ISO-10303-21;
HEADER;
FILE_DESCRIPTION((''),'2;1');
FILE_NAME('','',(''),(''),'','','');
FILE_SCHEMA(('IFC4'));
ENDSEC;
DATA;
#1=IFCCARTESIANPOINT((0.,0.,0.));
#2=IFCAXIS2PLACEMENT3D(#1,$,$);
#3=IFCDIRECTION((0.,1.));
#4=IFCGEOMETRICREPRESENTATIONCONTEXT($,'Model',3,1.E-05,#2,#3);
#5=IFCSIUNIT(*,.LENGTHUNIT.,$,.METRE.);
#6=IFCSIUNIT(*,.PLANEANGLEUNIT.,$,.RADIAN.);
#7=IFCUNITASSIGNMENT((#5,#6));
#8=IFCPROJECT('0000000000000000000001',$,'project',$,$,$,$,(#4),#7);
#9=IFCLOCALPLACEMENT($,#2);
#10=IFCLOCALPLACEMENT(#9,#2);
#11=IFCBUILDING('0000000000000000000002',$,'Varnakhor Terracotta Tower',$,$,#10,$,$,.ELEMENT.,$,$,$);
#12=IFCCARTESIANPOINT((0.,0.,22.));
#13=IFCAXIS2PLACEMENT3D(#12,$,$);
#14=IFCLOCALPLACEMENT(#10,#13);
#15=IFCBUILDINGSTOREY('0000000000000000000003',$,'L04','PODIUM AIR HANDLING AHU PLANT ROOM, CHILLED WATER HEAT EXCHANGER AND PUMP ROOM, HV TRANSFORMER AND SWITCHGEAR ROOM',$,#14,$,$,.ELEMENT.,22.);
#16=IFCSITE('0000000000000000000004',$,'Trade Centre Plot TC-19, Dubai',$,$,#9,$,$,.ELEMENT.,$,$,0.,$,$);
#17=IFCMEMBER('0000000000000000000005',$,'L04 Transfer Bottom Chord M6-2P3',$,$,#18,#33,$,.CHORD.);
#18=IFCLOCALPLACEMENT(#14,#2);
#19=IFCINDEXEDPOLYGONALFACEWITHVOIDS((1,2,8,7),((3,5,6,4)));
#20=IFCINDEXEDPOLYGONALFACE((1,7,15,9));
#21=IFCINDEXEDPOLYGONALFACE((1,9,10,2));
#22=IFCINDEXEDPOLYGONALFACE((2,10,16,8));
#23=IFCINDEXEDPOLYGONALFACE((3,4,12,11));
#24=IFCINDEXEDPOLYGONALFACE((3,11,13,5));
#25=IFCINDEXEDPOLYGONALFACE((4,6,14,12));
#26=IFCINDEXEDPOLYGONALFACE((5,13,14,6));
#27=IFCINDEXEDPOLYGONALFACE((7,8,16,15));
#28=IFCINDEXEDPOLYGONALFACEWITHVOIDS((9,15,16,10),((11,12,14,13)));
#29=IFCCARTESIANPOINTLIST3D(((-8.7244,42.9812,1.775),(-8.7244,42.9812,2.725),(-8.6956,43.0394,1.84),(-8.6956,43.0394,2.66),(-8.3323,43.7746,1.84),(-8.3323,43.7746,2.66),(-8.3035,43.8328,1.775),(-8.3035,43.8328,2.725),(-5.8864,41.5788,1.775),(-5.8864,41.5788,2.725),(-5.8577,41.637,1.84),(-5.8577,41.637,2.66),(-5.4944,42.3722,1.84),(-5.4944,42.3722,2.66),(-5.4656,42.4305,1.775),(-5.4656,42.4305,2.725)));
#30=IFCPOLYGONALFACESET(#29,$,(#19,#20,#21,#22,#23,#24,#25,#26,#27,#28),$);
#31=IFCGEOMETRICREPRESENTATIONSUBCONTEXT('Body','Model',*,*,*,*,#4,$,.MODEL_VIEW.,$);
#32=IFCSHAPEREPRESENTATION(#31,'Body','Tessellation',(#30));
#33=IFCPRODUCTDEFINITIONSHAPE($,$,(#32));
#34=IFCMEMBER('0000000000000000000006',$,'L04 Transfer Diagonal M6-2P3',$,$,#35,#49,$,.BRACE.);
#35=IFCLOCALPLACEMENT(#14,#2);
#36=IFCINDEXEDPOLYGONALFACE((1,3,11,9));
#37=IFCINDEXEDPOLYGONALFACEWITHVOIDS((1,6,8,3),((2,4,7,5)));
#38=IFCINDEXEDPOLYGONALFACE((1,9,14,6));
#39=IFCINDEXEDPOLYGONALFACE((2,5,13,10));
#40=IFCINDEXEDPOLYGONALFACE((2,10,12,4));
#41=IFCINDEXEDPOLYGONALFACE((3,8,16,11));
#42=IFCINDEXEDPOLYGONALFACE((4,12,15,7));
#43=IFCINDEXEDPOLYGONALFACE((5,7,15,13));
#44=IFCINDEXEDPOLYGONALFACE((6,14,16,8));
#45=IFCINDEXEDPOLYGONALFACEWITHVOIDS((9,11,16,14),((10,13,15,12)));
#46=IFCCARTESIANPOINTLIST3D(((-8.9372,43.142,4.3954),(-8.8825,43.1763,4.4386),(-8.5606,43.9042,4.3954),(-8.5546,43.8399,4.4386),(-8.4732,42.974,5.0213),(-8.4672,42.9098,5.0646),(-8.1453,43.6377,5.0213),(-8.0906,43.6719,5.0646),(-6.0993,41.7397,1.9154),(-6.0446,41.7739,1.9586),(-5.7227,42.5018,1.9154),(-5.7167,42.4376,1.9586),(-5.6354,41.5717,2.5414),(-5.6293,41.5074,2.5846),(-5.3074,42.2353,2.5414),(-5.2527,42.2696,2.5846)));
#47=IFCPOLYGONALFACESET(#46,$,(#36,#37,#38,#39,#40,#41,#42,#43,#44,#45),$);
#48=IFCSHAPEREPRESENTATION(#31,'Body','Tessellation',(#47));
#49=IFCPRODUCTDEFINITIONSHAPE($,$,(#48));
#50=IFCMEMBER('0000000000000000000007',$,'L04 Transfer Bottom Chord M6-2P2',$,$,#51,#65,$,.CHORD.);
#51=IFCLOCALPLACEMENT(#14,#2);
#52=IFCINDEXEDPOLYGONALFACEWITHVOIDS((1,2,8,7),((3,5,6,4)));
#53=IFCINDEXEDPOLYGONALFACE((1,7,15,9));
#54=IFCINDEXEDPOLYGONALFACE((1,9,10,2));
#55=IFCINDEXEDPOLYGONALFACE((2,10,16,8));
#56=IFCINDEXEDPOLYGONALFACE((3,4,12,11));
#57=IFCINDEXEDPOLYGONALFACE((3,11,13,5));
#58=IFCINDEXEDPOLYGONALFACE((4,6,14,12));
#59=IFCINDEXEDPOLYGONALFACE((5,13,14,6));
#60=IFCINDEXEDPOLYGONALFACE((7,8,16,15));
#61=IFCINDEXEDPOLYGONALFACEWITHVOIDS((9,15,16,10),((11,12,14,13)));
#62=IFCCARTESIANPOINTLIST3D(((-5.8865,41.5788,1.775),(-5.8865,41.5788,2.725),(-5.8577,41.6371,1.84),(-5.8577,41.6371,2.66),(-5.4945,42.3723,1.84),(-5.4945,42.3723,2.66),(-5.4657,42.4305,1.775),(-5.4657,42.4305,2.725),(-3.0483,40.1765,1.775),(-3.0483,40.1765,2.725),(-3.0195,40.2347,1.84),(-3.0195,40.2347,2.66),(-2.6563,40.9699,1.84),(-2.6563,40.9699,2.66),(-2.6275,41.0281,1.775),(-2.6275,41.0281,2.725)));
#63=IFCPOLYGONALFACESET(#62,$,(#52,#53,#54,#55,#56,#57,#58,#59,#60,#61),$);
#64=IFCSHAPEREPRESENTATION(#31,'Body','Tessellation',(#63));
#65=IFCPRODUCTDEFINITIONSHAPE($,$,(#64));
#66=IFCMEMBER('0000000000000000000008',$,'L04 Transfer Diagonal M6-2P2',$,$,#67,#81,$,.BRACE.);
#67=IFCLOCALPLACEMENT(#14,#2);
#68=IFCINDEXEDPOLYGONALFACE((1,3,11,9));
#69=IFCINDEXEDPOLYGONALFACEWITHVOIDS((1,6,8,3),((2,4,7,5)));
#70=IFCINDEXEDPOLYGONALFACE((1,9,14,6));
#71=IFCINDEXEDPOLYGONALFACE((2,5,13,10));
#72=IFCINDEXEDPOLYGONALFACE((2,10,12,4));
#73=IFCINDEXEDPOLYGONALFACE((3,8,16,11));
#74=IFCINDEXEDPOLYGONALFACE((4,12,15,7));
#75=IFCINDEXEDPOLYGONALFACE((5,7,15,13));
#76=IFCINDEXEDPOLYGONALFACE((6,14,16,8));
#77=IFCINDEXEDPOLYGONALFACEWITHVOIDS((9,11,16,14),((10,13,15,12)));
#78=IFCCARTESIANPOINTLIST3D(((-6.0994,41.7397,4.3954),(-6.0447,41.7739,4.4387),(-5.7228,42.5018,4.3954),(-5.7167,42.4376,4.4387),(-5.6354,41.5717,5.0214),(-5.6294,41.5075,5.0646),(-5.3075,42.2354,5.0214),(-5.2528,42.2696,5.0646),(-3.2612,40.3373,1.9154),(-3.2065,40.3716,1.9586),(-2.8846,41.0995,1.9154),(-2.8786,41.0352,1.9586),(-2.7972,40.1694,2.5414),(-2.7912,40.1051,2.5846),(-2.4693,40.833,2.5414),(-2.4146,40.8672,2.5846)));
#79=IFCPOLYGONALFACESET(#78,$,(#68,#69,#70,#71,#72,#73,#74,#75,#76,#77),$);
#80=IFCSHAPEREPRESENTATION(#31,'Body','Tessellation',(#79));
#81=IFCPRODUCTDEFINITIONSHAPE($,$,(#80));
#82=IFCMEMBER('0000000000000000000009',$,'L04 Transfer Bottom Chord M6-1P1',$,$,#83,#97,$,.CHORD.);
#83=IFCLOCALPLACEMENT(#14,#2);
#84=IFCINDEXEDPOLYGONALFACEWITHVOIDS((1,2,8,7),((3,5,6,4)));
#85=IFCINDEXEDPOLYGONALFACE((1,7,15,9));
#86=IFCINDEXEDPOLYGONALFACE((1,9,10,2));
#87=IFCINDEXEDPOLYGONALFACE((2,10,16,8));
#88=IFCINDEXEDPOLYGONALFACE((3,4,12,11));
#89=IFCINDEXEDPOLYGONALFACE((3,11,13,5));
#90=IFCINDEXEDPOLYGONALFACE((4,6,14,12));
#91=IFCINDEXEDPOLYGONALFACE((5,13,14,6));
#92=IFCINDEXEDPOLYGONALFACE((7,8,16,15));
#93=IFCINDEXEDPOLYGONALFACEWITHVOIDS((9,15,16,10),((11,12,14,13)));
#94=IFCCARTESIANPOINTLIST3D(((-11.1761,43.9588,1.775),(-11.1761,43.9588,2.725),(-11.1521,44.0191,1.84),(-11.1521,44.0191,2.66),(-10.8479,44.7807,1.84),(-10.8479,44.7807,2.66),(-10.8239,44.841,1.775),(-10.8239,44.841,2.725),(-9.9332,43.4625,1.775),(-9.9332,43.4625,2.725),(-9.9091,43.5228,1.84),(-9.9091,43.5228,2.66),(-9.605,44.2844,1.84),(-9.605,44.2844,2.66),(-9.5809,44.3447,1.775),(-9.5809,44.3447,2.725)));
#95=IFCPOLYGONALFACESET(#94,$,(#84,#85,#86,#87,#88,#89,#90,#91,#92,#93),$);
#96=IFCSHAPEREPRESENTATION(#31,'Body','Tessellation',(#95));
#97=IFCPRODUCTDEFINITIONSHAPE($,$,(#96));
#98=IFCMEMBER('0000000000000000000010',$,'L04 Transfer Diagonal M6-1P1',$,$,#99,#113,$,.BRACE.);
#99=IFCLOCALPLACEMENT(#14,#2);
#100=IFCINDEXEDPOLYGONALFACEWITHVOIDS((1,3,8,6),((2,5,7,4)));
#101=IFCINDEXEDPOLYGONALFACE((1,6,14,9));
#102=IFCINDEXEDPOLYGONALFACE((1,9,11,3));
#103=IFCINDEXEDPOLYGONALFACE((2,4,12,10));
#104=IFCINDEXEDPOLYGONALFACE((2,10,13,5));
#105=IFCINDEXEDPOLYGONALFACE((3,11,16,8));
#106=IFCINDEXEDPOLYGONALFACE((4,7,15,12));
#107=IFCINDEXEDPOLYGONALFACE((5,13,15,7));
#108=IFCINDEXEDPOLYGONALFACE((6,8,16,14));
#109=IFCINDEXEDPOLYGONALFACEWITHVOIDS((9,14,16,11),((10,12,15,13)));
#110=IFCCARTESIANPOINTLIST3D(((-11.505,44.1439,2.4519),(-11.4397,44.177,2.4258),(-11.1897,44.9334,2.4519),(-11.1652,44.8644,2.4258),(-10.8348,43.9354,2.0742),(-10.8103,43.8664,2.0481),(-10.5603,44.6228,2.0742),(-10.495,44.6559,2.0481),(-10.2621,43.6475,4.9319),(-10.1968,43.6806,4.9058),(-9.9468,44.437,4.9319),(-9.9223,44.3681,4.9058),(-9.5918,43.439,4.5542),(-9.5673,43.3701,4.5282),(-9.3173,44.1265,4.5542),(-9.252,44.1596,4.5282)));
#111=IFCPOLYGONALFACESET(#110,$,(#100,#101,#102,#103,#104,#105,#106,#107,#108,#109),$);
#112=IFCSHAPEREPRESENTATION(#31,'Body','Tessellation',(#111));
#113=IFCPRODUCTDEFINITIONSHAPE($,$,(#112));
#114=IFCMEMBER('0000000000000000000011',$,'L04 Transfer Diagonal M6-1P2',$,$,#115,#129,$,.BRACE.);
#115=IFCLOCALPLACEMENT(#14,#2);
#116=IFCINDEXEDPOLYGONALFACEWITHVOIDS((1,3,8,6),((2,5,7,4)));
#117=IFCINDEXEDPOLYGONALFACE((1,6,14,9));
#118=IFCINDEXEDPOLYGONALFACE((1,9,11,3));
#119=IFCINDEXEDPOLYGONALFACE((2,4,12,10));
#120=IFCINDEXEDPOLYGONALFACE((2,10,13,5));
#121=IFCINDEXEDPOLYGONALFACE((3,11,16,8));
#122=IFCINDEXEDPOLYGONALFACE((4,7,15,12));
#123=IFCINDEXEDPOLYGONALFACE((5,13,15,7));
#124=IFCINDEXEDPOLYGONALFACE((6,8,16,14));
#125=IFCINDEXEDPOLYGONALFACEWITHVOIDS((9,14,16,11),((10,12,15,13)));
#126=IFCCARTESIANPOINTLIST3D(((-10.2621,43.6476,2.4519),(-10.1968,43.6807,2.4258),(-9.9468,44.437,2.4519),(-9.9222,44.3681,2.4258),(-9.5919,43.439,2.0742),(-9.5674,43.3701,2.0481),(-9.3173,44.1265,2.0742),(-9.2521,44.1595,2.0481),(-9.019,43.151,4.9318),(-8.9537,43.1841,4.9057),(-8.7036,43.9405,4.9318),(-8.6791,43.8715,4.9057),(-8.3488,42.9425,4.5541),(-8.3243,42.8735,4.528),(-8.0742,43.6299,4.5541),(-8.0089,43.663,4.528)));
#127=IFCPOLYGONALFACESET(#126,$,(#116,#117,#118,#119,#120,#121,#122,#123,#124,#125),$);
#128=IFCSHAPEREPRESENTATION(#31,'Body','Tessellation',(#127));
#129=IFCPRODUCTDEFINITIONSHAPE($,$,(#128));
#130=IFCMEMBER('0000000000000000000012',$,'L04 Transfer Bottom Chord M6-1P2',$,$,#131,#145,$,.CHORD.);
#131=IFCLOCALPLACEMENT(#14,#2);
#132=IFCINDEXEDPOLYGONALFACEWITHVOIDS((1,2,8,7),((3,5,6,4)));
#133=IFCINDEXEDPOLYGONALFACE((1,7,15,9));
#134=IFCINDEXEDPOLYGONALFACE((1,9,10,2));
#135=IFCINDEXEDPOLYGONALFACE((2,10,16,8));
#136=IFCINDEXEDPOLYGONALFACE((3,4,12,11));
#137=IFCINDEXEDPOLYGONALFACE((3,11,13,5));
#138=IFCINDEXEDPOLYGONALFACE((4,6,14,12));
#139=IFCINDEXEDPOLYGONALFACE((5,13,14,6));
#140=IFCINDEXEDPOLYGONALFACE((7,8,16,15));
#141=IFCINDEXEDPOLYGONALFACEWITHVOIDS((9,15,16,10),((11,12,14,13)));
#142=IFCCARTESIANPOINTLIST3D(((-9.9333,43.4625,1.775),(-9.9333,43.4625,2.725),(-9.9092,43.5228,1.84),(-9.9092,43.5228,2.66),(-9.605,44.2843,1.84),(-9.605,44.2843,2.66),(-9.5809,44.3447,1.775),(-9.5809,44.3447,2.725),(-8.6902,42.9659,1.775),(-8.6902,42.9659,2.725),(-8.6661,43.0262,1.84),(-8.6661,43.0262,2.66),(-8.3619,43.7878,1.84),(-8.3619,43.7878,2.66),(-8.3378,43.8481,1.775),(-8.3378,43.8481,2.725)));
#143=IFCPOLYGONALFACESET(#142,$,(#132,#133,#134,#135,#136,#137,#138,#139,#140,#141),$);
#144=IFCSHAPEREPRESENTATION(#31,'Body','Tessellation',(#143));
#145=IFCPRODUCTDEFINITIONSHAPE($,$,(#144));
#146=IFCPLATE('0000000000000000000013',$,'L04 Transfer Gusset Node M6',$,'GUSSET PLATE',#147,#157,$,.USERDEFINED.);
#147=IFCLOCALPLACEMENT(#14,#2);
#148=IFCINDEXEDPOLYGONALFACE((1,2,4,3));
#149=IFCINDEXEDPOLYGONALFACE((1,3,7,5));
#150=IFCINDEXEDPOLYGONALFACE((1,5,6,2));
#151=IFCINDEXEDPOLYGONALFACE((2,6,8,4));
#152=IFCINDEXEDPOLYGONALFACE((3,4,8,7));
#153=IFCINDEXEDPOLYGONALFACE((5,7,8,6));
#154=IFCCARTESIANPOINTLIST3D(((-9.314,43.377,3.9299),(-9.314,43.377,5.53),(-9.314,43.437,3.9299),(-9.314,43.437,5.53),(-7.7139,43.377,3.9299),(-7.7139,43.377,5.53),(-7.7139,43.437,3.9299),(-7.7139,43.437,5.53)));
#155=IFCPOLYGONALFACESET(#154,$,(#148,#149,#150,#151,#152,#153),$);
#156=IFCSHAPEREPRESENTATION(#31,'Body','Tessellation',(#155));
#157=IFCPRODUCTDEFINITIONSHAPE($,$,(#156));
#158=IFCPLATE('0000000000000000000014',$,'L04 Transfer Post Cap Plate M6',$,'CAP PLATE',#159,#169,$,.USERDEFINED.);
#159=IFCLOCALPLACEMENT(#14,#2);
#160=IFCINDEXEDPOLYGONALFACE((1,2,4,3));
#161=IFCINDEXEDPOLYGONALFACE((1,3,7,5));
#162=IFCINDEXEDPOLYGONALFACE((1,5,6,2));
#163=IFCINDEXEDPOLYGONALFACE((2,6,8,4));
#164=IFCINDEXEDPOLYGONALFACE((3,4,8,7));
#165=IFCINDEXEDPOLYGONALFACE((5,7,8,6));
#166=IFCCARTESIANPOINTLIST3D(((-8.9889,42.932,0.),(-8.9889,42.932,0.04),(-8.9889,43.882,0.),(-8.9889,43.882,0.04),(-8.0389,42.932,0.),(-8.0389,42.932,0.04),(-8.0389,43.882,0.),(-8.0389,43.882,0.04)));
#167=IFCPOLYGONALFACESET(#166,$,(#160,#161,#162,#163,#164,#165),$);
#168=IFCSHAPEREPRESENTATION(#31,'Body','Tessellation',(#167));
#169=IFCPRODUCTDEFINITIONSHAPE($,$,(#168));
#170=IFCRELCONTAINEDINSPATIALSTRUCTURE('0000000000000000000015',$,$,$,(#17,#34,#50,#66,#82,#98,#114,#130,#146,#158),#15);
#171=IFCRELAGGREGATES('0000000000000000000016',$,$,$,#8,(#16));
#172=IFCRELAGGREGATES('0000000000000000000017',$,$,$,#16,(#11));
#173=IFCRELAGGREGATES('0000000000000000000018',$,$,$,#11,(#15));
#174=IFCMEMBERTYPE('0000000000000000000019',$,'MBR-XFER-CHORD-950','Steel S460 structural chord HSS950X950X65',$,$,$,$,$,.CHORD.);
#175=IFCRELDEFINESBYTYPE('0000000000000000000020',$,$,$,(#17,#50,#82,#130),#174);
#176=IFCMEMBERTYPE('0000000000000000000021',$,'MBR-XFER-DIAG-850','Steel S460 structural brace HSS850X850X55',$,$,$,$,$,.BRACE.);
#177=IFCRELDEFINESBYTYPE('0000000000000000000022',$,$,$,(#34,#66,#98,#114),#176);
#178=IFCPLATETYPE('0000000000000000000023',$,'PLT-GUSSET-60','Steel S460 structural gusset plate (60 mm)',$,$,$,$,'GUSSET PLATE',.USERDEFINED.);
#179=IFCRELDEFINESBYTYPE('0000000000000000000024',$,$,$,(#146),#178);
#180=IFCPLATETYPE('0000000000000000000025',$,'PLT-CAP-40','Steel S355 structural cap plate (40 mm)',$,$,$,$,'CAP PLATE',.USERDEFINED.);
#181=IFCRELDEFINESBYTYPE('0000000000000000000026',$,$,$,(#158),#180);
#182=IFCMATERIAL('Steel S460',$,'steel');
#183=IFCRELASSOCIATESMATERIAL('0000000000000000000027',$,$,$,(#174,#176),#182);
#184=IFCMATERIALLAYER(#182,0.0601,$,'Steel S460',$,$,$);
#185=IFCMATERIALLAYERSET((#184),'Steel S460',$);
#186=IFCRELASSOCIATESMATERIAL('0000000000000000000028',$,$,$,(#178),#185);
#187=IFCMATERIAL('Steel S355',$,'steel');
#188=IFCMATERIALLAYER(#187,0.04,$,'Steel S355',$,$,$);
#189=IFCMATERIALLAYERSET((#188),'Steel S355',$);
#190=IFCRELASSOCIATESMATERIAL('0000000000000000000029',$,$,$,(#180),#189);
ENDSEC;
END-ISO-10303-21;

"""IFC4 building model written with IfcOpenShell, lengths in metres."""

from ifc_helpers import new_model, si_unit, direction, frame, origin, origin_2d, place, context, subcontext, project, spatial, rectangle, hollow_rectangle, extrude, source, transform, mapped, material, layer, layer_set, material_profile, profile_set, type_object, type_shapes, element, save


model = new_model("IFC4")

# Units and contexts
model_context = context("Model", 3, precision=1e-05, world=origin(), true_north=direction((0.0, 1.0)))
body_context = subcontext(model_context, "Body", "Model", "MODEL_VIEW")
ifc_project = project(units=[si_unit("LENGTHUNIT", "METRE"), si_unit("PLANEANGLEUNIT", "RADIAN")], contexts=[model_context])

# Site, building, storey
site_placement = place(None, origin())
site = spatial("IfcSite", under=ifc_project, at=site_placement, Name="Trade Centre Plot TC-19, Dubai", CompositionType="ELEMENT", RefElevation=0.0)
building_placement = place(site_placement, origin())
building = spatial("IfcBuilding", under=site, at=building_placement, Name="Varnakhor Terracotta Tower", CompositionType="ELEMENT")
storey_placement = place(building_placement, frame((0.0, 0.0, 22.0)))
storey = spatial("IfcBuildingStorey", under=building, at=storey_placement, Name="L04", Description="PODIUM AIR HANDLING AHU PLANT ROOM, CHILLED WATER HEAT EXCHANGER AND PUMP ROOM, HV TRANSFORMER AND SWITCHGEAR ROOM", CompositionType="ELEMENT", Elevation=22.0)

# Shared definitions
ifc_material_1 = material(Name="Steel S355", Category="steel")

# Members
ifc_material_2 = material(Name="Steel S460", Category="steel")
ifc_material_profile_1 = material_profile(ifc_material_2, hollow_rectangle(XDim=0.95, YDim=0.95, WallThickness=0.0649, at=origin_2d()), Name="HSS950X950X65")
ifc_profile_set_1 = profile_set([ifc_material_profile_1], Name="Steel S460")
member_type_1 = type_object("IfcMemberType", Name="MBR-XFER-CHORD-950", Description="Steel S460 structural chord HSS950X950X65", PredefinedType="CHORD", material=ifc_profile_set_1)
shared_shape_1 = source(origin(), body_context, "Body", "SweptSolid", [
    extrude(hollow_rectangle(XDim=0.95, YDim=0.95, WallThickness=0.0649, at=origin_2d()), origin(), (0.0, 0.0, 1.0), 3.1655),
])
member_1_placement = place(storey_placement, frame((-5.676, 42.0046, 2.25), z_axis=(-0.896515, 0.443013, 0.0), x_axis=(-0.443013, -0.896515, 0.0)))
element("IfcMember", 1, at=member_1_placement, inside=storey, type_object=member_type_1, Name="L04 Transfer Bottom Chord M6-2P3", PredefinedType="CHORD", context=body_context, shape_type="MappedRepresentation", body=[
    mapped(shared_shape_1, transform((0.0, 0.0, 0.0), scale=1.0)),
])
ifc_material_profile_2 = material_profile(ifc_material_2, hollow_rectangle(XDim=0.8501, YDim=0.8501, WallThickness=0.0549, at=origin_2d()), Name="HSS850X850X55")
ifc_profile_set_2 = profile_set([ifc_material_profile_2], Name="Steel S460")
member_type_2 = type_object("IfcMemberType", Name="MBR-XFER-DIAG-850", Description="Steel S460 structural brace HSS850X850X55", PredefinedType="BRACE", material=ifc_profile_set_2)
shared_shape_2 = source(origin(), body_context, "Body", "SweptSolid", [
    extrude(hollow_rectangle(XDim=0.8501, YDim=0.8501, WallThickness=0.0549, at=origin_2d()), origin(), (0.0, 0.0, 1.0), 4.0212),
])
member_2_placement = place(storey_placement, frame((-5.676, 42.0046, 2.25), z_axis=(-0.705723, 0.348733, 0.616718), x_axis=(-0.443013, -0.896515, 0.0)))
element("IfcMember", 2, at=member_2_placement, inside=storey, type_object=member_type_2, Name="L04 Transfer Diagonal M6-2P3", PredefinedType="BRACE", context=body_context, shape_type="MappedRepresentation", body=[
    mapped(shared_shape_2, transform((0.0, 0.0, 0.0), scale=1.0)),
])
shared_shape_3 = source(origin(), body_context, "Body", "SweptSolid", [
    extrude(hollow_rectangle(XDim=0.95, YDim=0.95, WallThickness=0.0649, at=origin_2d()), origin(), (0.0, 0.0, 1.0), 3.1658),
])
member_3_placement = place(storey_placement, frame((-2.8379, 40.6023, 2.25), z_axis=(-0.89653, 0.442982, 0.0), x_axis=(-0.442982, -0.89653, 0.0)))
element("IfcMember", 3, at=member_3_placement, inside=storey, type_object=member_type_1, Name="L04 Transfer Bottom Chord M6-2P2", PredefinedType="CHORD", context=body_context, shape_type="MappedRepresentation", body=[
    mapped(shared_shape_3, transform((0.0, 0.0, 0.0), scale=1.0)),
])
shared_shape_4 = source(origin(), body_context, "Body", "SweptSolid", [
    extrude(hollow_rectangle(XDim=0.8501, YDim=0.8501, WallThickness=0.0549, at=origin_2d()), origin(), (0.0, 0.0, 1.0), 4.0215),
])
member_4_placement = place(storey_placement, frame((-2.8379, 40.6023, 2.25), z_axis=(-0.705753, 0.348718, 0.616692), x_axis=(-0.442982, -0.89653, 0.0)))
element("IfcMember", 4, at=member_4_placement, inside=storey, type_object=member_type_2, Name="L04 Transfer Diagonal M6-2P2", PredefinedType="BRACE", context=body_context, shape_type="MappedRepresentation", body=[
    mapped(shared_shape_4, transform((0.0, 0.0, 0.0), scale=1.0)),
])
shared_shape_5 = source(origin(), body_context, "Body", "SweptSolid", [
    extrude(hollow_rectangle(XDim=0.95, YDim=0.95, WallThickness=0.0649, at=origin_2d()), origin(), (0.0, 0.0, 1.0), 1.3384),
])
member_5_placement = place(storey_placement, frame((-11.0, 44.3999, 2.25), z_axis=(0.92869, -0.370856, 0.0), x_axis=(0.370856, 0.92869, 0.0)))
element("IfcMember", 5, at=member_5_placement, inside=storey, type_object=member_type_1, Name="L04 Transfer Bottom Chord M6-1P1", PredefinedType="CHORD", context=body_context, shape_type="MappedRepresentation", body=[
    mapped(shared_shape_5, transform((0.0, 0.0, 0.0), scale=1.0)),
])
shared_shape_6 = source(origin(), body_context, "Body", "SweptSolid", [
    extrude(hollow_rectangle(XDim=0.8501, YDim=0.8501, WallThickness=0.0549, at=origin_2d()), origin(), (0.0, 0.0, 1.0), 2.8181),
])
for number, where, z_axis, x_axis, name in (
    (6, (-11.0, 44.3999, 2.25), (0.441054, -0.176127, 0.880029), (0.370856, 0.92869, 0.0), "L04 Transfer Diagonal M6-1P1"),
    (7, (-9.7571, 43.9036, 2.25), (0.441117, -0.176204, 0.879982), (0.37095, 0.928653, 0.0), "L04 Transfer Diagonal M6-1P2"),
):
    element("IfcMember", number, at=place(storey_placement, frame(where, z_axis=z_axis, x_axis=x_axis)), inside=storey, type_object=member_type_2, Name=name, PredefinedType="BRACE", context=body_context, shape_type="MappedRepresentation", body=[
        mapped(shared_shape_6, transform((0.0, 0.0, 0.0), scale=1.0)),
    ])
shared_shape_7 = source(origin(), body_context, "Body", "SweptSolid", [
    extrude(hollow_rectangle(XDim=0.95, YDim=0.95, WallThickness=0.0649, at=origin_2d()), origin(), (0.0, 0.0, 1.0), 1.3386),
])
member_6_placement = place(storey_placement, frame((-9.7571, 43.9036, 2.25), z_axis=(0.928653, -0.37095, 0.0), x_axis=(0.37095, 0.928653, 0.0)))
element("IfcMember", 8, at=member_6_placement, inside=storey, type_object=member_type_1, Name="L04 Transfer Bottom Chord M6-1P2", PredefinedType="CHORD", context=body_context, shape_type="MappedRepresentation", body=[
    mapped(shared_shape_7, transform((0.0, 0.0, 0.0), scale=1.0)),
])

# Plates
ifc_layer_1 = layer(ifc_material_2, 0.0601, Name="Steel S460")
ifc_layer_set_1 = layer_set([ifc_layer_1], Name="Steel S460")
plate_type_1 = type_object("IfcPlateType", Name="PLT-GUSSET-60", Description="Steel S460 structural gusset plate (60 mm)", ElementType="GUSSET PLATE", PredefinedType="USERDEFINED", material=ifc_layer_set_1)
shared_shape_8 = source(origin(), body_context, "Body", "SweptSolid", [
    extrude(rectangle(XDim=1.6001, YDim=0.0601, at=origin_2d()), origin(), (0.0, 0.0, 1.0), 1.6001),
])
type_shapes(plate_type_1, [shared_shape_8])
plate_1_placement = place(storey_placement, frame((-8.5139, 43.407, 3.9299), z_axis=(0.0, 0.0, 1.0), x_axis=(1.0, 0.0, 0.0)))
element("IfcPlate", 9, at=plate_1_placement, inside=storey, type_object=plate_type_1, Name="L04 Transfer Gusset Node M6", ObjectType="GUSSET PLATE", PredefinedType="USERDEFINED", context=body_context, shape_type="MappedRepresentation", body=[
    mapped(shared_shape_8, transform((0.0, 0.0, 0.0), scale=1.0)),
])
ifc_layer_2 = layer(ifc_material_1, 0.04, Name="Steel S355")
ifc_layer_set_2 = layer_set([ifc_layer_2], Name="Steel S355")
plate_type_2 = type_object("IfcPlateType", Name="PLT-CAP-40", Description="Steel S355 structural cap plate (40 mm)", ElementType="CAP PLATE", PredefinedType="USERDEFINED", material=ifc_layer_set_2)
shared_shape_9 = source(origin(), body_context, "Body", "SweptSolid", [
    extrude(rectangle(XDim=0.95, YDim=0.95, at=origin_2d()), origin(), (0.0, 0.0, 1.0), 0.04),
])
plate_2_placement = place(storey_placement, frame((-8.5139, 43.407, 0.0), z_axis=(0.0, 0.0, 1.0), x_axis=(1.0, 0.0, 0.0)))
element("IfcPlate", 10, at=plate_2_placement, inside=storey, type_object=plate_type_2, Name="L04 Transfer Post Cap Plate M6", ObjectType="CAP PLATE", PredefinedType="USERDEFINED", context=body_context, shape_type="MappedRepresentation", body=[
    mapped(shared_shape_9, transform((0.0, 0.0, 0.0), scale=1.0)),
])

save(model, "model.ifc")
